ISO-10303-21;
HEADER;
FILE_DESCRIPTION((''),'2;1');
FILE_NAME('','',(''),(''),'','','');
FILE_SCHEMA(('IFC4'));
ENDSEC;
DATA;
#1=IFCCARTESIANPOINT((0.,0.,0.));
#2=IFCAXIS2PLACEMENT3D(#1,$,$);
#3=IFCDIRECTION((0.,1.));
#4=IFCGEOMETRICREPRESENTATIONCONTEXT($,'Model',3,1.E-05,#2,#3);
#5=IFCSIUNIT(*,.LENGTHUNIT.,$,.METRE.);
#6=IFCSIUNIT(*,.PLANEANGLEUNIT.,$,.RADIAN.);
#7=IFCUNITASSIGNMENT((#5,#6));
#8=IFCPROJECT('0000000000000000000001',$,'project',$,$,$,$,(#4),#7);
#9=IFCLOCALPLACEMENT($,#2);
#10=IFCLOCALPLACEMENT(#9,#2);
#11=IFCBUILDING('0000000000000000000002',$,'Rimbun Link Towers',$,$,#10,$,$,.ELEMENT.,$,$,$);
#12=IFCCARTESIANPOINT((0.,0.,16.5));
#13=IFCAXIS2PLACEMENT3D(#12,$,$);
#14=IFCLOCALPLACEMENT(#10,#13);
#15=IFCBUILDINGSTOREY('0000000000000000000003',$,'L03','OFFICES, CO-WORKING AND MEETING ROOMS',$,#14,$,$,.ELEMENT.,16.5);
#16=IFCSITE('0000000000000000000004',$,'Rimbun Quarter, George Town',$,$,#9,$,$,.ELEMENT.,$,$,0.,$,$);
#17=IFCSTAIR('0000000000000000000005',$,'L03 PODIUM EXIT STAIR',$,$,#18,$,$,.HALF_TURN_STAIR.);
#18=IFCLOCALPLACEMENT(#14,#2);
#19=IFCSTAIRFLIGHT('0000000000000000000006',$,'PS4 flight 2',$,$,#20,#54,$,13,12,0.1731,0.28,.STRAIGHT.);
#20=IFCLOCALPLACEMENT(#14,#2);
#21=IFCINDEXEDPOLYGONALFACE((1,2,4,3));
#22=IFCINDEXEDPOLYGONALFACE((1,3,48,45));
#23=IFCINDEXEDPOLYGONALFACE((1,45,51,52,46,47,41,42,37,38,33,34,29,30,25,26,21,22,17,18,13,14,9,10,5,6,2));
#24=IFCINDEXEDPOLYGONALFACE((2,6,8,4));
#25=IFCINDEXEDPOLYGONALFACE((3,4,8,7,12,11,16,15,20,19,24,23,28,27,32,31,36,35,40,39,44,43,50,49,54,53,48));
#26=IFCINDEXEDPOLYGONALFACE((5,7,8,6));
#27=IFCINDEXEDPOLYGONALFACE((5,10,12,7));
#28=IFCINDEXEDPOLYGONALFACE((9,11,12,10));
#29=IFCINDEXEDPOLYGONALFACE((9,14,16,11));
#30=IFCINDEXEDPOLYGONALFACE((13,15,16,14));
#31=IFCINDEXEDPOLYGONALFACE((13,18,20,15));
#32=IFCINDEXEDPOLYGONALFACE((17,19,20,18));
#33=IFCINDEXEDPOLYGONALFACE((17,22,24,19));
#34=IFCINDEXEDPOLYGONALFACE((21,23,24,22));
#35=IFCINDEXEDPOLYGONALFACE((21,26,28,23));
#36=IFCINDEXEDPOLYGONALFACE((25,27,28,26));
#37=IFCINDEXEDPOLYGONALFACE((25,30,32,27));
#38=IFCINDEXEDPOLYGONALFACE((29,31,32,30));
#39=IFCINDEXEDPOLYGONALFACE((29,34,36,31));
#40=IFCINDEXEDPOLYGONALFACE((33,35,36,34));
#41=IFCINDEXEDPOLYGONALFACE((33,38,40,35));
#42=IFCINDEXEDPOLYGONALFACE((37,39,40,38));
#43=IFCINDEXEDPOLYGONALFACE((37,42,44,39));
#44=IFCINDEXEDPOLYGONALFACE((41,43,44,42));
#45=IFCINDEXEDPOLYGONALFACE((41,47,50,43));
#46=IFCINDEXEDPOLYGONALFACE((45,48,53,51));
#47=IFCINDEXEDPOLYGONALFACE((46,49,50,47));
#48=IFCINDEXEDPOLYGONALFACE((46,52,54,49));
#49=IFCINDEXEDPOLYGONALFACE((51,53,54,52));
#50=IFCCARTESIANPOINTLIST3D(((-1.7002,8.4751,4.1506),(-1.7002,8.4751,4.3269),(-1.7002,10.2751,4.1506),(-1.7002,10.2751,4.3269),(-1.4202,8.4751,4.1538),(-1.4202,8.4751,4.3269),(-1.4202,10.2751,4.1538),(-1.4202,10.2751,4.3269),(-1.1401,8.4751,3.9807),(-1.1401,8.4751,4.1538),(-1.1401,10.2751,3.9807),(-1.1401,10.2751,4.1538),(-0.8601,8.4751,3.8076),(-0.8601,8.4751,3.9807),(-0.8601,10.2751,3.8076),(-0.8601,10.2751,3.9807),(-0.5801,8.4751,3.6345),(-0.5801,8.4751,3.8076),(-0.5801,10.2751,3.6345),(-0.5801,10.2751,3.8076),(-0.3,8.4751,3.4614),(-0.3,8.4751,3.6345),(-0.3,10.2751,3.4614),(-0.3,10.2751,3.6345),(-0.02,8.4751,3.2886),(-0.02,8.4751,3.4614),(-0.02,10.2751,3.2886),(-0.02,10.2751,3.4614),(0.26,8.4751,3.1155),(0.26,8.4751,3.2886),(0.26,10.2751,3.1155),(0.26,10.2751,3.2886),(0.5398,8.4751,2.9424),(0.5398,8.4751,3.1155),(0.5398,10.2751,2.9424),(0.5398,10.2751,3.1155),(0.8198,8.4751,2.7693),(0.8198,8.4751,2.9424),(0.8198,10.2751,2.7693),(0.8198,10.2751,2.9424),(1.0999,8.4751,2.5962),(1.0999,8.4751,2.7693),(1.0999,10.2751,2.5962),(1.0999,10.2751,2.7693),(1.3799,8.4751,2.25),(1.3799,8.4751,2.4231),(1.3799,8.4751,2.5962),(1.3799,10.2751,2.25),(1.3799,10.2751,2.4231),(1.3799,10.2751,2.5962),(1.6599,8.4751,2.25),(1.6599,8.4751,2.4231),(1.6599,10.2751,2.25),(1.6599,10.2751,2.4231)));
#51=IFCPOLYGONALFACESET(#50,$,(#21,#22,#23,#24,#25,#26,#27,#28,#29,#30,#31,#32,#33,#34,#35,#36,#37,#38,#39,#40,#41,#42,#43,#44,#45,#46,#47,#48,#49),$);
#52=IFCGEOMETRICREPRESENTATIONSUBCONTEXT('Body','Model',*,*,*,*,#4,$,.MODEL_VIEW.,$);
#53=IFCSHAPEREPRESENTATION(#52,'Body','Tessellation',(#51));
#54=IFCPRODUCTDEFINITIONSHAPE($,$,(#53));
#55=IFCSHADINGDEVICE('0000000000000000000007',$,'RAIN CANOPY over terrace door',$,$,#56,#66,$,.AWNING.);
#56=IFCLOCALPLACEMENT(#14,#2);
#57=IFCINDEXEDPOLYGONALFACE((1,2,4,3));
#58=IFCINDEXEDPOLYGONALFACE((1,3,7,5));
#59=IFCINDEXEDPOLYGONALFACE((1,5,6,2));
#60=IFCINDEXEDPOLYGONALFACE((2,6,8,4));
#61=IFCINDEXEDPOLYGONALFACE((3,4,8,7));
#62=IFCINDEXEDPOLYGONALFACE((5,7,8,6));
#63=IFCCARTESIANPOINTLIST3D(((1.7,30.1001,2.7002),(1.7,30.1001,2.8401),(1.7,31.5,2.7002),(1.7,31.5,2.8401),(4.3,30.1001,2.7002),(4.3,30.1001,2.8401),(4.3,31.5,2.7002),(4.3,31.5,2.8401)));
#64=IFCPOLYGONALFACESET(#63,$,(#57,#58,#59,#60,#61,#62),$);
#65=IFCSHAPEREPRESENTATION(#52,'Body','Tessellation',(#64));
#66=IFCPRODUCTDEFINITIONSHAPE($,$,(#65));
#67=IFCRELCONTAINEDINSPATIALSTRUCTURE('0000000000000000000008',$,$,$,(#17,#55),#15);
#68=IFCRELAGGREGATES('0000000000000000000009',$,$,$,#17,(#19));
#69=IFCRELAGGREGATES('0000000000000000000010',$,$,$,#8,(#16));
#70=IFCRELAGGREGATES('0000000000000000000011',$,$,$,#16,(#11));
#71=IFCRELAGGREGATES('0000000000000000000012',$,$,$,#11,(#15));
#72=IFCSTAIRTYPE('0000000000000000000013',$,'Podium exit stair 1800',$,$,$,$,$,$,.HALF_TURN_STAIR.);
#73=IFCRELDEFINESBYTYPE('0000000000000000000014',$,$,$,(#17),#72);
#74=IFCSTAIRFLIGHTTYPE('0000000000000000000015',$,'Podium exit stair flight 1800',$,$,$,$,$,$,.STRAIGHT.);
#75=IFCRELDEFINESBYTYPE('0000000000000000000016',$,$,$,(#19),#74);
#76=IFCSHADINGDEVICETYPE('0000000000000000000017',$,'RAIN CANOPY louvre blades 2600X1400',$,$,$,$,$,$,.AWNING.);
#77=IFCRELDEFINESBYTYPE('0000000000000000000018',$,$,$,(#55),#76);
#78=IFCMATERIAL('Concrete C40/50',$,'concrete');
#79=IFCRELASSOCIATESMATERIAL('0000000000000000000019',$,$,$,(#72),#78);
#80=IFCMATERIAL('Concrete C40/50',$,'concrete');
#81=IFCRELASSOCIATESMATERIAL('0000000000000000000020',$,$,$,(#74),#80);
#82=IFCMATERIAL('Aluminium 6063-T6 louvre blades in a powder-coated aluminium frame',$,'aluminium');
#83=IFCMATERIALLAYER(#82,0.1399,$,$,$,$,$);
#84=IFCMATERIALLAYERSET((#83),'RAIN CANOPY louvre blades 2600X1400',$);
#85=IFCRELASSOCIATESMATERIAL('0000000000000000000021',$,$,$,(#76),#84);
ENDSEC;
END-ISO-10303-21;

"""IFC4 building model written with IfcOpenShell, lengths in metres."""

from ifc_helpers import new_model, si_unit, direction, frame, origin, origin_2d, place, context, subcontext, project, spatial, polyline, rectangle, outline, extrude, material, layer, layer_set, type_object, element, aggregate, save


model = new_model("IFC4")

# Units and contexts
model_context = context("Model", 3, precision=1e-05, world=origin(), true_north=direction((0.0, 1.0)))
body_context = subcontext(model_context, "Body", "Model", "MODEL_VIEW")
ifc_project = project(units=[si_unit("LENGTHUNIT", "METRE"), si_unit("PLANEANGLEUNIT", "RADIAN")], contexts=[model_context])

# Site, building, storey
site_placement = place(None, origin())
site = spatial("IfcSite", under=ifc_project, at=site_placement, Name="Rimbun Quarter, George Town", CompositionType="ELEMENT", RefElevation=0.0)
building_placement = place(site_placement, origin())
building = spatial("IfcBuilding", under=site, at=building_placement, Name="Rimbun Link Towers", CompositionType="ELEMENT")
storey_placement = place(building_placement, frame((0.0, 0.0, 16.5)))
storey = spatial("IfcBuildingStorey", under=building, at=storey_placement, Name="L03", Description="OFFICES, CO-WORKING AND MEETING ROOMS", CompositionType="ELEMENT", Elevation=16.5)

# Stair, stair flight
ifc_material_1 = material(Name="Concrete C40/50", Category="concrete")
stair_type = type_object("IfcStairType", Name="Podium exit stair 1800", PredefinedType="HALF_TURN_STAIR", material=ifc_material_1)
stair_placement = place(storey_placement, origin())
stair = element("IfcStair", 1, at=stair_placement, inside=storey, type_object=stair_type, Name="L03 PODIUM EXIT STAIR", PredefinedType="HALF_TURN_STAIR")
ifc_material_2 = material(Name="Concrete C40/50", Category="concrete")
stair_flight_type = type_object("IfcStairFlightType", Name="Podium exit stair flight 1800", PredefinedType="STRAIGHT", material=ifc_material_2)
stair_flight_placement = place(storey_placement, frame((1.6599, 9.375, 2.25), z_axis=(0.0, 0.0, 1.0), x_axis=(-1.0, 0.0, 0.0)))
stair_flight = element("IfcStairFlight", 2, at=stair_flight_placement, type_object=stair_flight_type, Name="PS4 flight 2", NumberOfRisers=13, NumberOfTreads=12, PredefinedType="STRAIGHT", RiserHeight=0.1731, TreadLength=0.28, context=body_context, shape_type="SweptSolid", body=[
    extrude(outline(polyline([(0.0, 0.0), (0.0, 0.1731), (0.28, 0.1731), (0.28, 0.3462), (0.5601, 0.3462), (0.5601, 0.5193), (0.8401, 0.5193), (0.8401, 0.6924), (1.1201, 0.6924), (1.1201, 0.8655), (1.3999, 0.8655), (1.3999, 1.0386), (1.6799, 1.0386), (1.6799, 1.2114), (1.96, 1.2114), (1.96, 1.3845), (2.24, 1.3845), (2.24, 1.5576), (2.52, 1.5576), (2.52, 1.7307), (2.8, 1.7307), (2.8, 1.9038), (3.0801, 1.9038), (3.0801, 2.0769), (3.3601, 2.0769), (3.3601, 2.25), (3.3601, 1.9006), (0.28, 0.0), (0.0, 0.0)])), frame((0.0, 0.8999, 0.0), z_axis=(0.0, -1.0, 0.0), x_axis=(1.0, 0.0, 0.0)), (0.0, 0.0, 1.0), 1.8),
])
aggregate(stair, [stair_flight])

# Shading device
ifc_material_3 = material(Name="Aluminium 6063-T6 louvre blades in a powder-coated aluminium frame", Category="aluminium")
ifc_layer_1 = layer(ifc_material_3, 0.1399)
ifc_layer_set_1 = layer_set([ifc_layer_1], Name="RAIN CANOPY louvre blades 2600X1400")
shading_device_type = type_object("IfcShadingDeviceType", Name="RAIN CANOPY louvre blades 2600X1400", PredefinedType="AWNING", material=ifc_layer_set_1)
shading_device_placement = place(storey_placement, frame((3.0, 30.8, 2.7002), z_axis=(0.0, 0.0, 1.0), x_axis=(1.0, 0.0, 0.0)))
element("IfcShadingDevice", 3, at=shading_device_placement, inside=storey, type_object=shading_device_type, Name="RAIN CANOPY over terrace door", PredefinedType="AWNING", context=body_context, shape_type="SweptSolid", body=[
    extrude(rectangle(XDim=2.6001, YDim=1.3999, at=origin_2d()), origin(), (0.0, 0.0, 1.0), 0.1399),
])

save(model, "model.ifc")
